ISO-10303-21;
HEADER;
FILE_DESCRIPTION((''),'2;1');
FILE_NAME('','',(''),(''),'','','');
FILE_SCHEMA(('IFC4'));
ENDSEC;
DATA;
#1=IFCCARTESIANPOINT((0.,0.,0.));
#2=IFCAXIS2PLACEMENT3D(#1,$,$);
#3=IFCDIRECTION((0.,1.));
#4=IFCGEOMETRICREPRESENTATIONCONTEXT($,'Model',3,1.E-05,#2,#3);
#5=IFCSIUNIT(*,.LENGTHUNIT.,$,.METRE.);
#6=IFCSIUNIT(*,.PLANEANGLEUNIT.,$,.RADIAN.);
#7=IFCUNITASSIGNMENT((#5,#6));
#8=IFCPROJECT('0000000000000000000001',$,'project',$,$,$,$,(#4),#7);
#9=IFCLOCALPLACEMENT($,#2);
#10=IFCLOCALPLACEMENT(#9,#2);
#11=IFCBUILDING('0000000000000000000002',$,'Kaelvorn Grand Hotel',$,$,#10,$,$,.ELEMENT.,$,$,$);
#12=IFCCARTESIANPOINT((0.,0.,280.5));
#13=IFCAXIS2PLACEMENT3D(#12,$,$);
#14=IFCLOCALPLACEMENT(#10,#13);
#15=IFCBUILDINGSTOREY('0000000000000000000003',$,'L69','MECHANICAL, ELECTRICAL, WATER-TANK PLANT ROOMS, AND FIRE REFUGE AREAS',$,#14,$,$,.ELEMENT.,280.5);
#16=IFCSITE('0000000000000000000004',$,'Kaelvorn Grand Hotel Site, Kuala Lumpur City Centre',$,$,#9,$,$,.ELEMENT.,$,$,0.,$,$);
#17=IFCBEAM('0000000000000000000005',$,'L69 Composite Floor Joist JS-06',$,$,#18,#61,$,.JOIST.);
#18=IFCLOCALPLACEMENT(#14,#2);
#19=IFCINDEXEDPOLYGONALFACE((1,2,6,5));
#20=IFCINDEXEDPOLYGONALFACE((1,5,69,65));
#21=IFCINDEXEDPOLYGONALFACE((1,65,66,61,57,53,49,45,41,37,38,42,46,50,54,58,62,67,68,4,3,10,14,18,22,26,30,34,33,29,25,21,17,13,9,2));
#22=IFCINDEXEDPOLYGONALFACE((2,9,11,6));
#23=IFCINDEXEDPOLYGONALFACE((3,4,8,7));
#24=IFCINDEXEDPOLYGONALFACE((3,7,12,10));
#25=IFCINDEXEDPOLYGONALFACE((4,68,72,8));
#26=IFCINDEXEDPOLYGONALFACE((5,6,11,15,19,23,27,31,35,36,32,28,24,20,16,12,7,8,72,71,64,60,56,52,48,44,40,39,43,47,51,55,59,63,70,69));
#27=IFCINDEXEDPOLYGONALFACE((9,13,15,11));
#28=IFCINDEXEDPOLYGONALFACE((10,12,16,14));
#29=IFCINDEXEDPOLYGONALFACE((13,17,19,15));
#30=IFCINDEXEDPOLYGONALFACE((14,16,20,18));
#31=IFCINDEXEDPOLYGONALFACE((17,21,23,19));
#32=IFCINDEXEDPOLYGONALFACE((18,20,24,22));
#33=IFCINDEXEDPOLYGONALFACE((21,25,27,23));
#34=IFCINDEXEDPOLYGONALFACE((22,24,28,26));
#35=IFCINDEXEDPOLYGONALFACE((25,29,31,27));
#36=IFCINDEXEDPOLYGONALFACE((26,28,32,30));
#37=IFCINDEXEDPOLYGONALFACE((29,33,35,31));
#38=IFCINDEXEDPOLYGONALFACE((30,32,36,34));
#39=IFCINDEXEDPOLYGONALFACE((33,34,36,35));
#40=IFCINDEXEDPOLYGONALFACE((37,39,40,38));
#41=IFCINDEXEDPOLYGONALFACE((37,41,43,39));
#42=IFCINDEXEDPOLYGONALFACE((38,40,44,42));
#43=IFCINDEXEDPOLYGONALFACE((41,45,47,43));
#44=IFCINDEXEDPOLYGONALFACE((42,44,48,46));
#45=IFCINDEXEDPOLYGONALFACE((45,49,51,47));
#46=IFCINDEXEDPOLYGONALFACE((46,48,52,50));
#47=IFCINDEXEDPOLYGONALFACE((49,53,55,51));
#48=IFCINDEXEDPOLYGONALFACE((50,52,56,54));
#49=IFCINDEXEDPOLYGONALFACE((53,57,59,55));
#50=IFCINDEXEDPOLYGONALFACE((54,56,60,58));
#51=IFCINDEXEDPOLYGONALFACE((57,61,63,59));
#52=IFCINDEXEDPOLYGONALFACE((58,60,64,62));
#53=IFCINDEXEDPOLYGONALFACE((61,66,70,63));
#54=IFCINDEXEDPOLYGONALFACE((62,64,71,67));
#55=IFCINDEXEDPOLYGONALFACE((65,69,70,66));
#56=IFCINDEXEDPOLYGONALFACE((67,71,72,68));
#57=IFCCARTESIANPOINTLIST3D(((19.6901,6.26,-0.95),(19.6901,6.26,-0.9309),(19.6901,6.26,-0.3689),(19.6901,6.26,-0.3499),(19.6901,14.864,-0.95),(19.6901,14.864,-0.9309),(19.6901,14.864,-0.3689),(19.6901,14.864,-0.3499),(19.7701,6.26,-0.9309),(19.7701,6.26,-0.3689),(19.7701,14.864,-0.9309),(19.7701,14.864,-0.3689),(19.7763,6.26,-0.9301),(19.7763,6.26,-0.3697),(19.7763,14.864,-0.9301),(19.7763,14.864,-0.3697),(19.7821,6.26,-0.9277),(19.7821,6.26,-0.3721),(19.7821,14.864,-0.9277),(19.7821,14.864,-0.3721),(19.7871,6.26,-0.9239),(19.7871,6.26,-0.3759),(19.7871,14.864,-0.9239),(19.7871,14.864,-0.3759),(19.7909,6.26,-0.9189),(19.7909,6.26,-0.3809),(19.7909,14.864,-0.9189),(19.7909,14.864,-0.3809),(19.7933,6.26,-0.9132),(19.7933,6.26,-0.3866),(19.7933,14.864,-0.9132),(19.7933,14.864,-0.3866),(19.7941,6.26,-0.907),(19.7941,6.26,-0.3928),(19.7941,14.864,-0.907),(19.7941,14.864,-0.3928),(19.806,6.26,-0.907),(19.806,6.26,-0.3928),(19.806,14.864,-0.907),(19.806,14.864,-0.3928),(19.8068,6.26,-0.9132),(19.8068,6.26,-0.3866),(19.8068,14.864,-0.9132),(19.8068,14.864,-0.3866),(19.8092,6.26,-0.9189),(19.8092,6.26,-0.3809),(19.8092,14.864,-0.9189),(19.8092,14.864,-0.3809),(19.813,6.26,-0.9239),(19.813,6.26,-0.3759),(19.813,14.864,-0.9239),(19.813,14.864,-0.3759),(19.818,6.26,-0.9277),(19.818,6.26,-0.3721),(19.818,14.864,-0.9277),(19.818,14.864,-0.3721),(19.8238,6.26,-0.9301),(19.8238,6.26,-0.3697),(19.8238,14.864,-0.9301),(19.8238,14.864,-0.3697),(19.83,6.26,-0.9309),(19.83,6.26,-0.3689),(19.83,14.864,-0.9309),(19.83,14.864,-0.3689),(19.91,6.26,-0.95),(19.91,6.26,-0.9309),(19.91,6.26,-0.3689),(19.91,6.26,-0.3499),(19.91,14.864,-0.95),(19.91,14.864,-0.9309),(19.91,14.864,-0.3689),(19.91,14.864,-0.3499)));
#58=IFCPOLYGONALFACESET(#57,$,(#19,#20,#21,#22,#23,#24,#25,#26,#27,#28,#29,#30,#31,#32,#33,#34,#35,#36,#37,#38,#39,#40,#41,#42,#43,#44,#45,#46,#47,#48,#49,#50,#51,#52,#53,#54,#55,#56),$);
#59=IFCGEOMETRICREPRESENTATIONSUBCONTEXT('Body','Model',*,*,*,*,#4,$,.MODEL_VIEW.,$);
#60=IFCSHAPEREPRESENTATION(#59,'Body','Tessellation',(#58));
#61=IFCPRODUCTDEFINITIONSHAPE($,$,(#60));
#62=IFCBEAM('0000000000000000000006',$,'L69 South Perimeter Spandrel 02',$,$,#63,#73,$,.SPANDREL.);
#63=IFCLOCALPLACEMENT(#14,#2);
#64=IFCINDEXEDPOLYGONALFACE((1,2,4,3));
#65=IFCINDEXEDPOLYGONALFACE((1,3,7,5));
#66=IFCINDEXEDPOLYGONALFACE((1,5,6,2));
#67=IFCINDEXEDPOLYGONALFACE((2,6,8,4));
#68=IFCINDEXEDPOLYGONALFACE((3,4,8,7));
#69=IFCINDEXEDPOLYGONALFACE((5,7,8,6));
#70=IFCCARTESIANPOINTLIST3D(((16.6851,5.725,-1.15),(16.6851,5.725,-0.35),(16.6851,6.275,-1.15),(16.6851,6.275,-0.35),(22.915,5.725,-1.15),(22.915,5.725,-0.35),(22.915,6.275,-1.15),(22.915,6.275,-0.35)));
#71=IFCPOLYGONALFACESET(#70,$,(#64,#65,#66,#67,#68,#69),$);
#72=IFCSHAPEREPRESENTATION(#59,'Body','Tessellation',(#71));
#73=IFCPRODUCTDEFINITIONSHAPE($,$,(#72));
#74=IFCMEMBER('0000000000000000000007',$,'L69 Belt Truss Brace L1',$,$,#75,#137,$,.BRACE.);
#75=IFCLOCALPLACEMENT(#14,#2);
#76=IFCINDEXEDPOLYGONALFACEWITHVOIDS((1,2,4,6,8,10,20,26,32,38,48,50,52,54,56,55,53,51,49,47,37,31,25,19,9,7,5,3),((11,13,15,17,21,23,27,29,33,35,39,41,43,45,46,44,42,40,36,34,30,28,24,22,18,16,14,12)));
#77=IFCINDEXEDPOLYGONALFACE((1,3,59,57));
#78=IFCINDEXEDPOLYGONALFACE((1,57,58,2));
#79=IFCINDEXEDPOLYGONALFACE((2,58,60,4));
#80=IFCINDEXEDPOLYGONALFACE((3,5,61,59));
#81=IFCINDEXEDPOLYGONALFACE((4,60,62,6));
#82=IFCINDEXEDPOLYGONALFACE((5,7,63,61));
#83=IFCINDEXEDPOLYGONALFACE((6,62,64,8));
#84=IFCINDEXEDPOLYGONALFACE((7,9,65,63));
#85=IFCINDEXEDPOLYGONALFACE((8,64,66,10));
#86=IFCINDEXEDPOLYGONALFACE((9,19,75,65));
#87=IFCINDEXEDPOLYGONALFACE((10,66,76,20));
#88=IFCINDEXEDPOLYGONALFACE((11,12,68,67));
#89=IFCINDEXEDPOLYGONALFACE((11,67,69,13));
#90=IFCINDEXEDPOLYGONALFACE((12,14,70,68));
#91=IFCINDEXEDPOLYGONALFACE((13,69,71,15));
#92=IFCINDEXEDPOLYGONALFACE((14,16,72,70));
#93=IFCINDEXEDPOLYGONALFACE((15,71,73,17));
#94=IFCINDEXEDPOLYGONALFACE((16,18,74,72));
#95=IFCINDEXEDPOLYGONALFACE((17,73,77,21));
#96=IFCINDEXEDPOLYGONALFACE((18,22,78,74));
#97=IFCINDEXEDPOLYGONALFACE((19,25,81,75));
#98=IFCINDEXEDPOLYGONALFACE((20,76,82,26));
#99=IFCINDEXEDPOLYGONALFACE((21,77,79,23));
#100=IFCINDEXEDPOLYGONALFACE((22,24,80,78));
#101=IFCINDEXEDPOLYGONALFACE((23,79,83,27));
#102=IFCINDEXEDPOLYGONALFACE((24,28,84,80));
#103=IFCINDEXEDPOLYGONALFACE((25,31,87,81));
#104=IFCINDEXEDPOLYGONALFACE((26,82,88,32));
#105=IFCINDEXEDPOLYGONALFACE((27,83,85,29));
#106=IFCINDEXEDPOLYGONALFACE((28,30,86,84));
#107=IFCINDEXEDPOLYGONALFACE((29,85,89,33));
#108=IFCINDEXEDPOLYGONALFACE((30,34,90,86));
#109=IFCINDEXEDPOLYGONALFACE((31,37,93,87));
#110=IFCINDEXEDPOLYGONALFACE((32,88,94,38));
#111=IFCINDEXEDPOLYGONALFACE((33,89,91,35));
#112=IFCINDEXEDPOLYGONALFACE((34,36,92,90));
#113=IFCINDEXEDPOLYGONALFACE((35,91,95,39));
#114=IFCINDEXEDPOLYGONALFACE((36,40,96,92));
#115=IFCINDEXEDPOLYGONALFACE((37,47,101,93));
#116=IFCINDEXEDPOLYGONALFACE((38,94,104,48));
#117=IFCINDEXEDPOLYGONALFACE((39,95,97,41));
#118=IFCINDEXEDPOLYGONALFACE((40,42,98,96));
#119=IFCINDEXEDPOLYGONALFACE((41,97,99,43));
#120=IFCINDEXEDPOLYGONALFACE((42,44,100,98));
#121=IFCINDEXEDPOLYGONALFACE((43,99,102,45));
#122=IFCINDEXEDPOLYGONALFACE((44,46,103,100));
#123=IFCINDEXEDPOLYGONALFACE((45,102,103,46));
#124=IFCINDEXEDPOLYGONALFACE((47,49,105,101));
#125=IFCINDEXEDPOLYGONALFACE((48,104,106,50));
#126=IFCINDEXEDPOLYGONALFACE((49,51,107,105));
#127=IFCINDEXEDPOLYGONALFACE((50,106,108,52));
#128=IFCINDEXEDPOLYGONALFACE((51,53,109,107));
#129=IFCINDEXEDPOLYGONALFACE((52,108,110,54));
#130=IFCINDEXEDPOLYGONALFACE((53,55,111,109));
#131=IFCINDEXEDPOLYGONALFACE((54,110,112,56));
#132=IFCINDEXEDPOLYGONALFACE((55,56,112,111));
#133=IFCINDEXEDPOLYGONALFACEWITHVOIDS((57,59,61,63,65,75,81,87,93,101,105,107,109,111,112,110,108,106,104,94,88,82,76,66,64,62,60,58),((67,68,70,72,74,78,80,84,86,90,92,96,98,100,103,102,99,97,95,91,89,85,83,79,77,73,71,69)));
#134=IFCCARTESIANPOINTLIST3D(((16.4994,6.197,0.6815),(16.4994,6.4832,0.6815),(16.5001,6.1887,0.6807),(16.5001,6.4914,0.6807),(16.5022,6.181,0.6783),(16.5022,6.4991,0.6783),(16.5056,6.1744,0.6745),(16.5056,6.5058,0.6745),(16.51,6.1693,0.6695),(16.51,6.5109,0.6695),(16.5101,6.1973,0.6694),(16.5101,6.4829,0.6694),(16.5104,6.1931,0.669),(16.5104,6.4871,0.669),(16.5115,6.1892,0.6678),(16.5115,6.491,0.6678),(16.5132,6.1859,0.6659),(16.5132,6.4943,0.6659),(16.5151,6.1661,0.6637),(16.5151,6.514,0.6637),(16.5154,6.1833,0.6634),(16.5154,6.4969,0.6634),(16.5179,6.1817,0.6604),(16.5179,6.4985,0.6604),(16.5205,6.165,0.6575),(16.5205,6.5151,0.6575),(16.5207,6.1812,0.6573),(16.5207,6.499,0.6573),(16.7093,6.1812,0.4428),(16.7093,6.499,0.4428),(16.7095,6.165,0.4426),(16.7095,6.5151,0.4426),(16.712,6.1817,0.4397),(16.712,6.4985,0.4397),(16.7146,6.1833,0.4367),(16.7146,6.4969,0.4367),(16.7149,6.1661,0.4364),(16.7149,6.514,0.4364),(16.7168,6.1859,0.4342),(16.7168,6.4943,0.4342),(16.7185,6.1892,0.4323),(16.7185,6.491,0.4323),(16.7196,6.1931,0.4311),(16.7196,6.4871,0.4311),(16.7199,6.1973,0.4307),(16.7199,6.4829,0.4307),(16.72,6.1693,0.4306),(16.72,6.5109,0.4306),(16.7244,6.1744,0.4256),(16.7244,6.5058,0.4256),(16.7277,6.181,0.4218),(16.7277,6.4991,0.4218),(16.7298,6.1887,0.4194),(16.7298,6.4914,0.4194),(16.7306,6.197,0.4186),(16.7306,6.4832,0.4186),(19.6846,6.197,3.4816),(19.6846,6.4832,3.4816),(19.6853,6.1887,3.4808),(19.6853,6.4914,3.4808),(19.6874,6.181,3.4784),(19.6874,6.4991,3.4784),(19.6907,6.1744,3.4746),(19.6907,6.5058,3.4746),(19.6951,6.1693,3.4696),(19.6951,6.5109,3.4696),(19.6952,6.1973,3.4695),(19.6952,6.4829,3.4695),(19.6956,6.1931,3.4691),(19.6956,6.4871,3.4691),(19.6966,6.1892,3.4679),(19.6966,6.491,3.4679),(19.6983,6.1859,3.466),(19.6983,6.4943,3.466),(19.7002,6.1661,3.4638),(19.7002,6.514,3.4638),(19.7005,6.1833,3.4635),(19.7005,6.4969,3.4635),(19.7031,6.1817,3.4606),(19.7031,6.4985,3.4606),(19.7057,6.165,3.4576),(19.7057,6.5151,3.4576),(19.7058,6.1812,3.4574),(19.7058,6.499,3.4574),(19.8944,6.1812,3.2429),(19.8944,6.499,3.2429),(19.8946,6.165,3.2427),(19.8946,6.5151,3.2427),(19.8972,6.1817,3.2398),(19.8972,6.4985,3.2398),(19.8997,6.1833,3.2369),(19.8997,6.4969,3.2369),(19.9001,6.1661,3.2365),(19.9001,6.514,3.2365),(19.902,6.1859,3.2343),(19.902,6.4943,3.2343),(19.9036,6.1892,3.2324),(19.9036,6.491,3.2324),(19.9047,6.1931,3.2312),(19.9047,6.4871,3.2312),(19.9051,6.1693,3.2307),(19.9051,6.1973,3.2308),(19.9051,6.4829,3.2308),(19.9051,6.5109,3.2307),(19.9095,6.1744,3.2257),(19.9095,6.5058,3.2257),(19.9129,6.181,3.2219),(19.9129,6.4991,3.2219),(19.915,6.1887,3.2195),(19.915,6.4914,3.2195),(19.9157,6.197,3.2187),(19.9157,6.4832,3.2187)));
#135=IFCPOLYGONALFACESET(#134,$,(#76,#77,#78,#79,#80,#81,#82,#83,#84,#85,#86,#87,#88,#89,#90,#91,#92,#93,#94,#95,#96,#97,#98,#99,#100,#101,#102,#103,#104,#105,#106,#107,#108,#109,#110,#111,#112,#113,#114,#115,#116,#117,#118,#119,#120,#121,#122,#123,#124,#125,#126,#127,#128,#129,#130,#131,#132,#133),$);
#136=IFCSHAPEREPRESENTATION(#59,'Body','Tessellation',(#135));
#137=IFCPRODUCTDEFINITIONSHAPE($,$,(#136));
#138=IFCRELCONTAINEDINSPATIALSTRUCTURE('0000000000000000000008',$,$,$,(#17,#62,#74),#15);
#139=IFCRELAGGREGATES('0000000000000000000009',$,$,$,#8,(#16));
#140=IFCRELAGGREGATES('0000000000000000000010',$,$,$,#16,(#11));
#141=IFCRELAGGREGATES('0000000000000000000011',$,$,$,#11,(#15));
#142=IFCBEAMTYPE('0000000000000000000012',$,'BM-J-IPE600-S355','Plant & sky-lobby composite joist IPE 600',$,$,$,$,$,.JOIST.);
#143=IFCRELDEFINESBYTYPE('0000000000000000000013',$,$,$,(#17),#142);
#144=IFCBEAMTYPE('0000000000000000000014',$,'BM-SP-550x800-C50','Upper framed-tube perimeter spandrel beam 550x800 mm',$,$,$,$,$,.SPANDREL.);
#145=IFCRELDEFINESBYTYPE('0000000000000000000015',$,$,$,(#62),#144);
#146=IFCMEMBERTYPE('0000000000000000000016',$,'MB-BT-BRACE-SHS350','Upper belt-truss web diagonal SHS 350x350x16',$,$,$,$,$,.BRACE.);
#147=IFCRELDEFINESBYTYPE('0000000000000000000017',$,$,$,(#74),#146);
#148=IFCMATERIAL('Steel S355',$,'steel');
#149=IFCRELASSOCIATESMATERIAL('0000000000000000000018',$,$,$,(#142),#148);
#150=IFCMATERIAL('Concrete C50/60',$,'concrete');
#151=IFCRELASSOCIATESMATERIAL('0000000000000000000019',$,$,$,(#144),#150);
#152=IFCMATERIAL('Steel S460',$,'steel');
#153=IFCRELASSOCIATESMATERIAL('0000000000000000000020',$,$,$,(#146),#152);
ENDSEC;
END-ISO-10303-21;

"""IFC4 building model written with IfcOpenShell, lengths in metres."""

from ifc_helpers import new_model, si_unit, direction, frame, origin, origin_2d, place, context, subcontext, project, spatial, rectangle, hollow_rectangle, i_section, extrude, material, material_profile, profile_set, type_object, element, save


model = new_model("IFC4")

# Units and contexts
model_context = context("Model", 3, precision=1e-05, world=origin(), true_north=direction((0.0, 1.0)))
body_context = subcontext(model_context, "Body", "Model", "MODEL_VIEW")
ifc_project = project(units=[si_unit("LENGTHUNIT", "METRE"), si_unit("PLANEANGLEUNIT", "RADIAN")], contexts=[model_context])

# Site, building, storey
site_placement = place(None, origin())
site = spatial("IfcSite", under=ifc_project, at=site_placement, Name="Kaelvorn Grand Hotel Site, Kuala Lumpur City Centre", CompositionType="ELEMENT", RefElevation=0.0)
building_placement = place(site_placement, origin())
building = spatial("IfcBuilding", under=site, at=building_placement, Name="Kaelvorn Grand Hotel", CompositionType="ELEMENT")
storey_placement = place(building_placement, frame((0.0, 0.0, 280.5)))
storey = spatial("IfcBuildingStorey", under=building, at=storey_placement, Name="L69", Description="MECHANICAL, ELECTRICAL, WATER-TANK PLANT ROOMS, AND FIRE REFUGE AREAS", CompositionType="ELEMENT", Elevation=280.5)

# Shared definitions
ifc_material_1 = material(Name="Concrete C50/60", Category="concrete")

# Beams
ifc_material_2 = material(Name="Steel S460", Category="steel")
ifc_material_3 = material(Name="Steel S355", Category="steel")
ifc_material_profile_1 = material_profile(ifc_material_3, i_section(OverallWidth=0.22, OverallDepth=0.6001, WebThickness=0.012, FlangeThickness=0.019, FilletRadius=0.0239, at=origin_2d()), Name="IPE 600")
ifc_profile_set_1 = profile_set([ifc_material_profile_1], Name="Steel S355")
beam_type_1 = type_object("IfcBeamType", Name="BM-J-IPE600-S355", Description="Plant & sky-lobby composite joist IPE 600", PredefinedType="JOIST", material=ifc_profile_set_1)
beam_1_placement = place(storey_placement, frame((19.8, 6.26, -0.6499), z_axis=(0.0, 1.0, 0.0), x_axis=(-1.0, 0.0, 0.0)))
element("IfcBeam", 1, at=beam_1_placement, inside=storey, type_object=beam_type_1, Name="L69 Composite Floor Joist JS-06", PredefinedType="JOIST", context=body_context, shape_type="SweptSolid", body=[
    extrude(i_section(OverallWidth=0.22, OverallDepth=0.6001, WebThickness=0.012, FlangeThickness=0.019, FilletRadius=0.0239, at=origin_2d()), origin(), (0.0, 0.0, 1.0), 8.604),
])
ifc_material_profile_2 = material_profile(ifc_material_1, rectangle(XDim=0.55, YDim=0.8, at=origin_2d()), Name="RC SPANDREL 550x800")
ifc_profile_set_2 = profile_set([ifc_material_profile_2], Name="Concrete C50/60")
beam_type_2 = type_object("IfcBeamType", Name="BM-SP-550x800-C50", Description="Upper framed-tube perimeter spandrel beam 550x800 mm", PredefinedType="SPANDREL", material=ifc_profile_set_2)
beam_2_placement = place(storey_placement, frame((16.6851, 6.0, -0.75), z_axis=(1.0, 0.0, 0.0), x_axis=(0.0, 1.0, 0.0)))
element("IfcBeam", 2, at=beam_2_placement, inside=storey, type_object=beam_type_2, Name="L69 South Perimeter Spandrel 02", PredefinedType="SPANDREL", context=body_context, shape_type="SweptSolid", body=[
    extrude(rectangle(XDim=0.55, YDim=0.8, at=origin_2d()), origin(), (0.0, 0.0, 1.0), 6.23),
])

# Member
ifc_material_profile_3 = material_profile(ifc_material_2, hollow_rectangle(XDim=0.3501, YDim=0.3501, WallThickness=0.0161, InnerFilletRadius=0.0161, OuterFilletRadius=0.032, at=origin_2d()), Name="SHS 350x350x16.0")
ifc_profile_set_3 = profile_set([ifc_material_profile_3], Name="Steel S460")
member_type_1 = type_object("IfcMemberType", Name="MB-BT-BRACE-SHS350", Description="Upper belt-truss web diagonal SHS 350x350x16", PredefinedType="BRACE", material=ifc_profile_set_3)
for number, where, z_axis, x_axis, name in (
    (3, (16.615, 6.3401, 0.55), (0.751041, 0.0, 0.660255), (0.0, 1.0, 0.0), "L69 Belt Truss Brace L1"),
):
    element("IfcMember", number, at=place(storey_placement, frame(where, z_axis=z_axis, x_axis=x_axis)), inside=storey, type_object=member_type_1, Name=name, PredefinedType="BRACE", context=body_context, shape_type="SweptSolid", body=[
        extrude(hollow_rectangle(XDim=0.3501, YDim=0.3501, WallThickness=0.0161, InnerFilletRadius=0.0161, OuterFilletRadius=0.032, at=origin_2d()), origin(), (0.0, 0.0, 1.0), 4.241),
    ])

save(model, "model.ifc")
